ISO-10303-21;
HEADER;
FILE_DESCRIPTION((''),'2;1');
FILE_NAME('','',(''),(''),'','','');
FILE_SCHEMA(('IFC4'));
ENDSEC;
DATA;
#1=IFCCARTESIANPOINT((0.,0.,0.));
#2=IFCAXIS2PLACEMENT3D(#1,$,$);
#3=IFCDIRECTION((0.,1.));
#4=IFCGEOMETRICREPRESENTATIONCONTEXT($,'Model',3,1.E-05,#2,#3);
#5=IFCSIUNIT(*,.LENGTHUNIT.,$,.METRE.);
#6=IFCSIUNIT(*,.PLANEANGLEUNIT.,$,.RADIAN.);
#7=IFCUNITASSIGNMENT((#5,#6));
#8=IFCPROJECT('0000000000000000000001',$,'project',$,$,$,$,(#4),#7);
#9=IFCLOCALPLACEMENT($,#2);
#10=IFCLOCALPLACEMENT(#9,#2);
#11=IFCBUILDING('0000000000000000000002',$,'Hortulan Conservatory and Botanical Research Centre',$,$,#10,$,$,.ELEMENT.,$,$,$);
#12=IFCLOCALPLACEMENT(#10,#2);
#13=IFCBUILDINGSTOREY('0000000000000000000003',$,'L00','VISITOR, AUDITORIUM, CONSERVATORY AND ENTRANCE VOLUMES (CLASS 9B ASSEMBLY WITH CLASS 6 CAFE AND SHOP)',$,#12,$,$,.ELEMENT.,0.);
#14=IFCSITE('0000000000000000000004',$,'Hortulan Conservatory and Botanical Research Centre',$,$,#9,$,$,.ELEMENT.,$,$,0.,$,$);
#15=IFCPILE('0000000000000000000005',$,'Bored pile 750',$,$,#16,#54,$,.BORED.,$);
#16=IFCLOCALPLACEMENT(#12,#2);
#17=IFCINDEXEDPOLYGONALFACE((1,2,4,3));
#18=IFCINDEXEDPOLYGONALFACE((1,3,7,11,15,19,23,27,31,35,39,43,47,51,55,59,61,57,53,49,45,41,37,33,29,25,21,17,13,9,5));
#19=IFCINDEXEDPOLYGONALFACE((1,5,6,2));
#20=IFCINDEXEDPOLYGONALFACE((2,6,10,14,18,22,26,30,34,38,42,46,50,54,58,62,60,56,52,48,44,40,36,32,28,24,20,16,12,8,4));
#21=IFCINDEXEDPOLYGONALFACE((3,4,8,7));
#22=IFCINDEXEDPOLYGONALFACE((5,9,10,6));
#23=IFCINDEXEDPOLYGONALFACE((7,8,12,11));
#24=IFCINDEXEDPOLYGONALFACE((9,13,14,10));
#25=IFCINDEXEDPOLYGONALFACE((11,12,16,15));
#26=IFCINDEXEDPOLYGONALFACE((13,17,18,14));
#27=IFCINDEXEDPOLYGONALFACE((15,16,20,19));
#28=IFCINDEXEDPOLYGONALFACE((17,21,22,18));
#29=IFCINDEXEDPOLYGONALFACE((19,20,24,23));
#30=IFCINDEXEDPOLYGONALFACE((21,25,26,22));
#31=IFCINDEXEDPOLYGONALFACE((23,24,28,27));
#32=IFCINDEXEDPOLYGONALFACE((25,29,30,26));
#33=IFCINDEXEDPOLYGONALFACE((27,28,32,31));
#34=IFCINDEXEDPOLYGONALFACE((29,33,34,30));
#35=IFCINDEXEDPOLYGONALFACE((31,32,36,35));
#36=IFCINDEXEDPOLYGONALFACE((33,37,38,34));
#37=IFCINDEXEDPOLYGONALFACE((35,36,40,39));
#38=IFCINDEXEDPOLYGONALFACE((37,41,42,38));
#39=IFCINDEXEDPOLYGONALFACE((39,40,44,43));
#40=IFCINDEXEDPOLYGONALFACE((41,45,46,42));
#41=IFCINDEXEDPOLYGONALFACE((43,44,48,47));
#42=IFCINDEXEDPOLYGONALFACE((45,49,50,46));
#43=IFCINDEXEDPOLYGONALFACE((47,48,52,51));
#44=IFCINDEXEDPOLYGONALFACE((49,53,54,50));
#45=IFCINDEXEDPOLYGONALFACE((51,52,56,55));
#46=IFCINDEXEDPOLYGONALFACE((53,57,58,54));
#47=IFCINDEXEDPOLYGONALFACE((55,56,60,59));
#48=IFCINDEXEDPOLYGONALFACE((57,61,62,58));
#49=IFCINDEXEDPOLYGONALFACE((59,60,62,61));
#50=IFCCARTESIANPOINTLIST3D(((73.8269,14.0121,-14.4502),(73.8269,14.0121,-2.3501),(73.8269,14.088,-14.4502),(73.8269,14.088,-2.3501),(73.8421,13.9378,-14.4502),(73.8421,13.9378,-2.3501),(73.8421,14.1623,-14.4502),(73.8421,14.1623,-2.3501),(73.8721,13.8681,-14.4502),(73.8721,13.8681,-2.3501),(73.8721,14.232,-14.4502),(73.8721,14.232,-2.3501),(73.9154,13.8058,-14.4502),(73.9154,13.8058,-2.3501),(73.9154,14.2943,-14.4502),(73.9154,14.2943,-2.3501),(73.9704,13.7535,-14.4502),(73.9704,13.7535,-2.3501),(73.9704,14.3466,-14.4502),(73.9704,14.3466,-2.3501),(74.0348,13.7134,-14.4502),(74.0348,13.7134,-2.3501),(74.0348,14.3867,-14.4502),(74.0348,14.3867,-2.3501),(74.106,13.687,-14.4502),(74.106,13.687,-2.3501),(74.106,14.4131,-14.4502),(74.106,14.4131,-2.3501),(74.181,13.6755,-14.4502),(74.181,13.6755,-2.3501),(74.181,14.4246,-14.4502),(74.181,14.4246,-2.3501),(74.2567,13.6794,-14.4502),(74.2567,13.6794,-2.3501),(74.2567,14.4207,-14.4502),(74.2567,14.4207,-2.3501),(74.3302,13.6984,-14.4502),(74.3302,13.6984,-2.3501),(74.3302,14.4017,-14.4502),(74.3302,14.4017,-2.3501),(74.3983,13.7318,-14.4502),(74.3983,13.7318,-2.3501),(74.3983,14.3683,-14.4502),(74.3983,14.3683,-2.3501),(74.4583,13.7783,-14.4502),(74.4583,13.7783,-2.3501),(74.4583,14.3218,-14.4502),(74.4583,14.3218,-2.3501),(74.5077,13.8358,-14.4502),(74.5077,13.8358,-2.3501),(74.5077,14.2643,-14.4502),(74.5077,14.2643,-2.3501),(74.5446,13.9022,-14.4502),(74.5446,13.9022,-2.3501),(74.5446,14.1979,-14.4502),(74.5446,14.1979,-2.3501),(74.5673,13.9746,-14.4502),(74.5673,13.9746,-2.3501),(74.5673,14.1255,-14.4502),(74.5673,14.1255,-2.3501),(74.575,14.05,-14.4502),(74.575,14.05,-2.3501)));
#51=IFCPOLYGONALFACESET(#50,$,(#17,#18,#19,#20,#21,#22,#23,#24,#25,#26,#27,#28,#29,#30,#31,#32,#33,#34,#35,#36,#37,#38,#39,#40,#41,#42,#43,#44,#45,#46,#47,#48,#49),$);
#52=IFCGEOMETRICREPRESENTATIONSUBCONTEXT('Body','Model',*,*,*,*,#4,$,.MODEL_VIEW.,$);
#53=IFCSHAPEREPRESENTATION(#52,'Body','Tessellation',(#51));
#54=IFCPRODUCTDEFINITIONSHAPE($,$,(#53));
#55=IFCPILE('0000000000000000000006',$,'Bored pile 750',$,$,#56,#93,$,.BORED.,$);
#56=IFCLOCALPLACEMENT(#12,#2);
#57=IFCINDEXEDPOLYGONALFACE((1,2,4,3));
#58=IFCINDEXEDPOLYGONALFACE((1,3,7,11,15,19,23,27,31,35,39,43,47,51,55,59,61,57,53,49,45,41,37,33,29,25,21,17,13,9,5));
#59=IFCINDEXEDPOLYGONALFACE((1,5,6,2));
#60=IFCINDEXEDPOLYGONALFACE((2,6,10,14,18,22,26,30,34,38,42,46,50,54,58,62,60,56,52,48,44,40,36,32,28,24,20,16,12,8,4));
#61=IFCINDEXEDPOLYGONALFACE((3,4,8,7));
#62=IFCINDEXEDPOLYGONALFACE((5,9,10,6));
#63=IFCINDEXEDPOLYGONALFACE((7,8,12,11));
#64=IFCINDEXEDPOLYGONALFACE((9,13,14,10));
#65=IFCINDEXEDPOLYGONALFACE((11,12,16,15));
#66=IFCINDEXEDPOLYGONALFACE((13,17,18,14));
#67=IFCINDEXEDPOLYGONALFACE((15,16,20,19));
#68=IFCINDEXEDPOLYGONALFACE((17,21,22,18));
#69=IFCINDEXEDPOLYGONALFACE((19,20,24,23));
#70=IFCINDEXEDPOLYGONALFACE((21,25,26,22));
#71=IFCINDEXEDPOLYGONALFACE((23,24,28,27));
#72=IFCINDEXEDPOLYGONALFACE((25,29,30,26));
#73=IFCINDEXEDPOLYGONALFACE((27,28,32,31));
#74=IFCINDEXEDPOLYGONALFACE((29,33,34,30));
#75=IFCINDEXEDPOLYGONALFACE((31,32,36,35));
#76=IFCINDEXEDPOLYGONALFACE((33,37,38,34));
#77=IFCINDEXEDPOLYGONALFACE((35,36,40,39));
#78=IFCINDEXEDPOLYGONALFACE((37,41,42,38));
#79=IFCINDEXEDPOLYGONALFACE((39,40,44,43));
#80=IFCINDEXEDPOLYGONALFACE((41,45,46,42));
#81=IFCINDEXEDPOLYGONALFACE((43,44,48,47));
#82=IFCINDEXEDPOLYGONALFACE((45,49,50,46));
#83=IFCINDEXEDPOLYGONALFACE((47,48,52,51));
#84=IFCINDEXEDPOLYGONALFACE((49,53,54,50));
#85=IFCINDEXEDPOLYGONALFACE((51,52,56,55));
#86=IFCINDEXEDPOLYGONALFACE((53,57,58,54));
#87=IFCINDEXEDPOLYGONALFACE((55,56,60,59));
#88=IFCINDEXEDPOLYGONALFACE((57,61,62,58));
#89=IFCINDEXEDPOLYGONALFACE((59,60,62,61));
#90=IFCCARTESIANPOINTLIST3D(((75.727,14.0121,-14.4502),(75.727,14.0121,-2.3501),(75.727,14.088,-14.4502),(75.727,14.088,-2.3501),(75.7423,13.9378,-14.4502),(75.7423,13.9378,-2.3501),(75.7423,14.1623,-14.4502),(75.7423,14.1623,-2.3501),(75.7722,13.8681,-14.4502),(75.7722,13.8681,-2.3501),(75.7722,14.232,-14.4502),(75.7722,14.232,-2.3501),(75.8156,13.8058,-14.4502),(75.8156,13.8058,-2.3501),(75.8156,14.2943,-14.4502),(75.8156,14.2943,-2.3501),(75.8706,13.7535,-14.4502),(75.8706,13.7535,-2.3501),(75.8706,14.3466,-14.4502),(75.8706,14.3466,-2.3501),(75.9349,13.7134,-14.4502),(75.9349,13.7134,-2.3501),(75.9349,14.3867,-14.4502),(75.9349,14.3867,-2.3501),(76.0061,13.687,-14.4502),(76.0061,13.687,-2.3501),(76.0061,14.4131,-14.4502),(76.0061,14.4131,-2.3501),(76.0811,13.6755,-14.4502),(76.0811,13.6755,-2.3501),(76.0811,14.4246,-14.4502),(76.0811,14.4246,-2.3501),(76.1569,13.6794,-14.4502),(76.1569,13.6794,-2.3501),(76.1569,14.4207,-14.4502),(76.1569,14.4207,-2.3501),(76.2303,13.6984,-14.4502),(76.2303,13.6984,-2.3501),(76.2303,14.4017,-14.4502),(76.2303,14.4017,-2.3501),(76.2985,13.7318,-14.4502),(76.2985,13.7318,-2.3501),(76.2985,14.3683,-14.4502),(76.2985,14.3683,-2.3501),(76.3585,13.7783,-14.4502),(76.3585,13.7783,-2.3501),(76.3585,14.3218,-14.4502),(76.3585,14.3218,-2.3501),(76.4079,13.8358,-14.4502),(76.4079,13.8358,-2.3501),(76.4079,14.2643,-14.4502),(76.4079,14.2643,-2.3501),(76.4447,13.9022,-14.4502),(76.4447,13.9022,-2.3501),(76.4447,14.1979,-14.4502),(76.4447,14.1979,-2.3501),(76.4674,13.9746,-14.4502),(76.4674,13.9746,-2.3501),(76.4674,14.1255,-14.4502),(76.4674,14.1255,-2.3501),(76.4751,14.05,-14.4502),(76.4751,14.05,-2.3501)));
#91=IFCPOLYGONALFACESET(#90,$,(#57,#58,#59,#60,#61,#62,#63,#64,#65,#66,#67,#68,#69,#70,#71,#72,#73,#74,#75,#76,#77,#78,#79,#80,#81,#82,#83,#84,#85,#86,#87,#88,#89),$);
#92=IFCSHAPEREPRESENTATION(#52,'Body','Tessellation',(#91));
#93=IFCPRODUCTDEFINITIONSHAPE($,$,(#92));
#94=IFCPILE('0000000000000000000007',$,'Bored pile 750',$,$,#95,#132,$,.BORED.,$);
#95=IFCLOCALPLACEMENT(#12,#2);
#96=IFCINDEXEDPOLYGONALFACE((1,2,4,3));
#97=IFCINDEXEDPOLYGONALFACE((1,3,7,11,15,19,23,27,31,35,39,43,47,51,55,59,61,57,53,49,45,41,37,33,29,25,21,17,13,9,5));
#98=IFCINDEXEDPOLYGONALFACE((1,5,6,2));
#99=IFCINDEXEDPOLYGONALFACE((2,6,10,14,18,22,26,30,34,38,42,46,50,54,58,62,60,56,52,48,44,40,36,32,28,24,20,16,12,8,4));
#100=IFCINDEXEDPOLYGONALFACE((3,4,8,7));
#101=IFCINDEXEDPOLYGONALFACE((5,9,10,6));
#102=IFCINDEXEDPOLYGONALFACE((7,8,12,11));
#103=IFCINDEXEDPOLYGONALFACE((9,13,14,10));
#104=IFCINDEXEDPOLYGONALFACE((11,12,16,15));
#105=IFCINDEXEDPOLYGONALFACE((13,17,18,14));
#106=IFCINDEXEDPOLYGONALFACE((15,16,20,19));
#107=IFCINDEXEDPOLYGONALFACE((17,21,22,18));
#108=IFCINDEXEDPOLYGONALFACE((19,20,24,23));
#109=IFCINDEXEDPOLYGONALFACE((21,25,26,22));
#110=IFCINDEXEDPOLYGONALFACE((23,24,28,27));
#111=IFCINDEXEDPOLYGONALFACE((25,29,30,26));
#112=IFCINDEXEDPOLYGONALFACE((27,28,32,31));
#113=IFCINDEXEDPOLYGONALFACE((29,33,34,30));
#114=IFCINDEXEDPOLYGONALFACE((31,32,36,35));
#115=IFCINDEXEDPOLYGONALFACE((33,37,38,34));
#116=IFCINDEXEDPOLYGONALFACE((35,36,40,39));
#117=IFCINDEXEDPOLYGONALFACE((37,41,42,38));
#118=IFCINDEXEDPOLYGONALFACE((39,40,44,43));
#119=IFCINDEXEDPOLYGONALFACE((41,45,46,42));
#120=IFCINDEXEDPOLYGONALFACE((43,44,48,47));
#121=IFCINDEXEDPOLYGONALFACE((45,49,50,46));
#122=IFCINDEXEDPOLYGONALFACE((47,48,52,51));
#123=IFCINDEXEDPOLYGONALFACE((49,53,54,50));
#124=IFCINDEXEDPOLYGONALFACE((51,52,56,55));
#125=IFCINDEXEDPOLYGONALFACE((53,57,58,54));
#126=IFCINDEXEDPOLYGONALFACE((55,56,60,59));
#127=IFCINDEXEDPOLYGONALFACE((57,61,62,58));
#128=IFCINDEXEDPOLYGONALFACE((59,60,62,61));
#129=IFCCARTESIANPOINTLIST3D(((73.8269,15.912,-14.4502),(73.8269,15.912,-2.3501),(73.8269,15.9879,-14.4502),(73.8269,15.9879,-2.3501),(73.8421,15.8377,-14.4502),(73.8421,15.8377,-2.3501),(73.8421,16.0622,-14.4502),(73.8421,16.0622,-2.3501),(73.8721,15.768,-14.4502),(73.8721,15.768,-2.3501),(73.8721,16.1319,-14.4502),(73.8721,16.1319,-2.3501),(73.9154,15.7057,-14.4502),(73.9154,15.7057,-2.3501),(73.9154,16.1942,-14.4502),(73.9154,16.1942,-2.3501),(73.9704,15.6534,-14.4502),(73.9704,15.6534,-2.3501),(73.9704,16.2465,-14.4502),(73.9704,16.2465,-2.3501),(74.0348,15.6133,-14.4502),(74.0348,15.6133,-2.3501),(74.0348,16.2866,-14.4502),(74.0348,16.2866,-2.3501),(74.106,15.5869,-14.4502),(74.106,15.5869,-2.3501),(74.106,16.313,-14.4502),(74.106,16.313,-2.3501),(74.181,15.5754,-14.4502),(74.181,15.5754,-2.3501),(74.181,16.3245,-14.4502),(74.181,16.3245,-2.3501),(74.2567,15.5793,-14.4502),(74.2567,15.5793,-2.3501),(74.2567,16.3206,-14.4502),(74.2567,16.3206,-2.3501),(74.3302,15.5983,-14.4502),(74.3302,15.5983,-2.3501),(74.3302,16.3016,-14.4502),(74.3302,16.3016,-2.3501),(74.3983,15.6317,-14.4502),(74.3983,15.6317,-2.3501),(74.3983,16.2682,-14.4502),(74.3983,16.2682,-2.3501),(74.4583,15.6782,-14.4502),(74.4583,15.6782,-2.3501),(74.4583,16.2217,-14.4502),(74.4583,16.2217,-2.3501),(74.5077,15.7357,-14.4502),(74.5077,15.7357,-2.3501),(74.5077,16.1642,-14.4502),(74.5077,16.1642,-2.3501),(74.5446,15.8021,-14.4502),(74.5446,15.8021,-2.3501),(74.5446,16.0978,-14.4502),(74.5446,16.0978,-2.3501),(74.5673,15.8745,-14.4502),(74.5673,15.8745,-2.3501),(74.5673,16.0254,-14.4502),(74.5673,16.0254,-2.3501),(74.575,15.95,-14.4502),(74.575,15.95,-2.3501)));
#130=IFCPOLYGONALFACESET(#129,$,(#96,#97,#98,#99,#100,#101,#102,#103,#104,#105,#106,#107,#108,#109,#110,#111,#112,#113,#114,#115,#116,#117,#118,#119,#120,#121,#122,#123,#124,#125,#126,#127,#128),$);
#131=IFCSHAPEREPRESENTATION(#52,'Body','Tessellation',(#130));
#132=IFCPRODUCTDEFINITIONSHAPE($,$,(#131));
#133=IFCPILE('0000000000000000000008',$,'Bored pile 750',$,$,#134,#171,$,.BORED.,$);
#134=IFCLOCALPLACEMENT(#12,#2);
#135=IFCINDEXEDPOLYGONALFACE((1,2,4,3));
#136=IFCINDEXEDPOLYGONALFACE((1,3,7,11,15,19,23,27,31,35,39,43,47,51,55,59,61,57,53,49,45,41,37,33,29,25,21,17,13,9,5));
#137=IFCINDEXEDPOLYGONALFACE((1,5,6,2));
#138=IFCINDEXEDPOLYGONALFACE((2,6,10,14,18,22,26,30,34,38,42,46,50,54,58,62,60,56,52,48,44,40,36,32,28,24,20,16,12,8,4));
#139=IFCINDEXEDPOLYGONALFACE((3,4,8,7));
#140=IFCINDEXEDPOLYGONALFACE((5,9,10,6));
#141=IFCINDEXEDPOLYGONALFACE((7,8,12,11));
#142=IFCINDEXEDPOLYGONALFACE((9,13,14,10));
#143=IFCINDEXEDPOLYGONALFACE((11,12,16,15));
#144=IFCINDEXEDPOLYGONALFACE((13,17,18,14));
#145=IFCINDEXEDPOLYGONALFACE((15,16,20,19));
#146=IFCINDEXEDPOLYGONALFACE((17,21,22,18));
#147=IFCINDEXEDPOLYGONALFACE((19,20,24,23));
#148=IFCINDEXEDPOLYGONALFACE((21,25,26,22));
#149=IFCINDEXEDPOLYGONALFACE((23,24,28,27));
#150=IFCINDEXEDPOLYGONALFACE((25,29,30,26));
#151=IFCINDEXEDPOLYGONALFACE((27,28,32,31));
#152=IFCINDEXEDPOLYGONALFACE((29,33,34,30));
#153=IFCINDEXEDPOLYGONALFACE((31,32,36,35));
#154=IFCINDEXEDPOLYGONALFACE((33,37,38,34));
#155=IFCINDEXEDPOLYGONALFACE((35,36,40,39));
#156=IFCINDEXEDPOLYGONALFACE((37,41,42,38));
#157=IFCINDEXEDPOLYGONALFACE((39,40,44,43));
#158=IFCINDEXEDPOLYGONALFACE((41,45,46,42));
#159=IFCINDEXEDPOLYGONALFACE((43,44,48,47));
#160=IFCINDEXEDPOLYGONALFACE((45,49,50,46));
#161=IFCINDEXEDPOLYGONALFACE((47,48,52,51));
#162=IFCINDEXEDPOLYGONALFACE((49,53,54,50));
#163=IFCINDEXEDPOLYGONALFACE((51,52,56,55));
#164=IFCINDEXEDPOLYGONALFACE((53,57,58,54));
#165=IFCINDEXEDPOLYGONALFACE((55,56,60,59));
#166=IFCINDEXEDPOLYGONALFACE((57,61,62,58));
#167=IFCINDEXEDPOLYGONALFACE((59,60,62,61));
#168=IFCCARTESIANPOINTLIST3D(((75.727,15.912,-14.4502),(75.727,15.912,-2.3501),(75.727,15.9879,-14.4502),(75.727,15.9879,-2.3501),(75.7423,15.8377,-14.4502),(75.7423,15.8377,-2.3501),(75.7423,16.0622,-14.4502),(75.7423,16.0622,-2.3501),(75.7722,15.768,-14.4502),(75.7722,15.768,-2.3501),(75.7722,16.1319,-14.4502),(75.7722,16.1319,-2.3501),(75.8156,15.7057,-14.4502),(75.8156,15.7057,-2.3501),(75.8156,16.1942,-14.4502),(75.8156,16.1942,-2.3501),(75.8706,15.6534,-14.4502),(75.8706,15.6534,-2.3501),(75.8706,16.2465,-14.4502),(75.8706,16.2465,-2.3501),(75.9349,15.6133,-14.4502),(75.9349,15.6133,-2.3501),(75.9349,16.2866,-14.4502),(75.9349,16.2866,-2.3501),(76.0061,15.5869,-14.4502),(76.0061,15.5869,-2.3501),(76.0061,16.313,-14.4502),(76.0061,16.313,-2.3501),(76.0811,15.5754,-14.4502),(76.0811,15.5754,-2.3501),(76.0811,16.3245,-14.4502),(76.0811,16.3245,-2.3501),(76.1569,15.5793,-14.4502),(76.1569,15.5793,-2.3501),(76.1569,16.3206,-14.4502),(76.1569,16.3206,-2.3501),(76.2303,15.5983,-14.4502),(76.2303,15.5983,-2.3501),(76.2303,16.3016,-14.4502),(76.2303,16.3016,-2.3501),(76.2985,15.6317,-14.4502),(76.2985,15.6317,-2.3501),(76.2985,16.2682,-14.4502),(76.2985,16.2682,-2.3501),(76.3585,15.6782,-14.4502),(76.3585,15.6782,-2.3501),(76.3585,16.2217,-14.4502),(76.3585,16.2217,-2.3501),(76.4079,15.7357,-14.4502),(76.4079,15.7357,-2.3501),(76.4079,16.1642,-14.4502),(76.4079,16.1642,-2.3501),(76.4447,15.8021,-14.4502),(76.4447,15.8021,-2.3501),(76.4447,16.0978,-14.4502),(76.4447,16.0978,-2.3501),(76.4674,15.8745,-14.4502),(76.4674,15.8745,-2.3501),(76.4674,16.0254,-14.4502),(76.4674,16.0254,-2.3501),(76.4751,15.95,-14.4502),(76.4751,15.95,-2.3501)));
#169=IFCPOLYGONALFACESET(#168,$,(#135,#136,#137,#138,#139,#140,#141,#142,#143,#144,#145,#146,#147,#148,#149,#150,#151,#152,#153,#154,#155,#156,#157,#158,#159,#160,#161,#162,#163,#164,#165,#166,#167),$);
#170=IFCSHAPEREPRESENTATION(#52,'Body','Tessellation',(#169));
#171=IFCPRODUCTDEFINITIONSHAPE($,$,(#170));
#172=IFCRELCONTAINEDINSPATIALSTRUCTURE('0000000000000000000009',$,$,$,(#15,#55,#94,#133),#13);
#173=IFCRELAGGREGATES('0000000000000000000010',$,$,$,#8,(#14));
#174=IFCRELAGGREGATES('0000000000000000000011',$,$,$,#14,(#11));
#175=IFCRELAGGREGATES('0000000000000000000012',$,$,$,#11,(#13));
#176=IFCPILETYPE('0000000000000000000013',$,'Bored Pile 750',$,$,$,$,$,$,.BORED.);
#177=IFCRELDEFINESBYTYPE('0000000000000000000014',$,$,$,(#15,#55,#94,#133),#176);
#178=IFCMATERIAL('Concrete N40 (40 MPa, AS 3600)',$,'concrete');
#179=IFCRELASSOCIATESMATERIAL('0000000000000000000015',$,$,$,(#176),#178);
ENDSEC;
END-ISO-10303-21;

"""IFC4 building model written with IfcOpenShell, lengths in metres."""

from ifc_helpers import new_model, si_unit, direction, frame, origin, origin_2d, place, context, subcontext, project, spatial, circle, extrude, material, material_profile, profile_set, type_object, element, save


model = new_model("IFC4")

# Units and contexts
model_context = context("Model", 3, precision=1e-05, world=origin(), true_north=direction((0.0, 1.0)))
body_context = subcontext(model_context, "Body", "Model", "MODEL_VIEW")
ifc_project = project(units=[si_unit("LENGTHUNIT", "METRE"), si_unit("PLANEANGLEUNIT", "RADIAN")], contexts=[model_context])

# Site, building, storey
site_placement = place(None, origin())
site = spatial("IfcSite", under=ifc_project, at=site_placement, Name="Hortulan Conservatory and Botanical Research Centre", CompositionType="ELEMENT", RefElevation=0.0)
building_placement = place(site_placement, origin())
building = spatial("IfcBuilding", under=site, at=building_placement, Name="Hortulan Conservatory and Botanical Research Centre", CompositionType="ELEMENT")
storey_placement = place(building_placement, origin())
storey = spatial("IfcBuildingStorey", under=building, at=storey_placement, Name="L00", Description="VISITOR, AUDITORIUM, CONSERVATORY AND ENTRANCE VOLUMES (CLASS 9B ASSEMBLY WITH CLASS 6 CAFE AND SHOP)", CompositionType="ELEMENT", Elevation=0.0)

# Piles
ifc_material_1 = material(Name="Concrete N40 (40 MPa, AS 3600)", Category="concrete")
ifc_material_profile_1 = material_profile(ifc_material_1, circle(Radius=0.375, at=origin_2d()), Name="Bored pile 750 diameter")
ifc_profile_set_1 = profile_set([ifc_material_profile_1], Name="Concrete N40 (40 MPa, AS 3600)")
pile_type = type_object("IfcPileType", Name="Bored Pile 750", PredefinedType="BORED", material=ifc_profile_set_1)
for number, where, z_axis, x_axis, name in (
    (1, (74.2, 14.05, -2.3501), (0.0, 0.0, -1.0), (1.0, 0.0, 0.0), "Bored pile 750"),
    (2, (76.1001, 14.05, -2.3501), (0.0, 0.0, -1.0), (1.0, 0.0, 0.0), "Bored pile 750"),
    (3, (74.2, 15.95, -2.3501), (0.0, 0.0, -1.0), (1.0, 0.0, 0.0), "Bored pile 750"),
    (4, (76.1001, 15.95, -2.3501), (0.0, 0.0, -1.0), (1.0, 0.0, 0.0), "Bored pile 750"),
):
    element("IfcPile", number, at=place(storey_placement, frame(where, z_axis=z_axis, x_axis=x_axis)), inside=storey, type_object=pile_type, Name=name, PredefinedType="BORED", context=body_context, shape_type="SweptSolid", body=[
        extrude(circle(Radius=0.375, at=origin_2d()), origin(), (0.0, 0.0, 1.0), 12.1001),
    ])

save(model, "model.ifc")
